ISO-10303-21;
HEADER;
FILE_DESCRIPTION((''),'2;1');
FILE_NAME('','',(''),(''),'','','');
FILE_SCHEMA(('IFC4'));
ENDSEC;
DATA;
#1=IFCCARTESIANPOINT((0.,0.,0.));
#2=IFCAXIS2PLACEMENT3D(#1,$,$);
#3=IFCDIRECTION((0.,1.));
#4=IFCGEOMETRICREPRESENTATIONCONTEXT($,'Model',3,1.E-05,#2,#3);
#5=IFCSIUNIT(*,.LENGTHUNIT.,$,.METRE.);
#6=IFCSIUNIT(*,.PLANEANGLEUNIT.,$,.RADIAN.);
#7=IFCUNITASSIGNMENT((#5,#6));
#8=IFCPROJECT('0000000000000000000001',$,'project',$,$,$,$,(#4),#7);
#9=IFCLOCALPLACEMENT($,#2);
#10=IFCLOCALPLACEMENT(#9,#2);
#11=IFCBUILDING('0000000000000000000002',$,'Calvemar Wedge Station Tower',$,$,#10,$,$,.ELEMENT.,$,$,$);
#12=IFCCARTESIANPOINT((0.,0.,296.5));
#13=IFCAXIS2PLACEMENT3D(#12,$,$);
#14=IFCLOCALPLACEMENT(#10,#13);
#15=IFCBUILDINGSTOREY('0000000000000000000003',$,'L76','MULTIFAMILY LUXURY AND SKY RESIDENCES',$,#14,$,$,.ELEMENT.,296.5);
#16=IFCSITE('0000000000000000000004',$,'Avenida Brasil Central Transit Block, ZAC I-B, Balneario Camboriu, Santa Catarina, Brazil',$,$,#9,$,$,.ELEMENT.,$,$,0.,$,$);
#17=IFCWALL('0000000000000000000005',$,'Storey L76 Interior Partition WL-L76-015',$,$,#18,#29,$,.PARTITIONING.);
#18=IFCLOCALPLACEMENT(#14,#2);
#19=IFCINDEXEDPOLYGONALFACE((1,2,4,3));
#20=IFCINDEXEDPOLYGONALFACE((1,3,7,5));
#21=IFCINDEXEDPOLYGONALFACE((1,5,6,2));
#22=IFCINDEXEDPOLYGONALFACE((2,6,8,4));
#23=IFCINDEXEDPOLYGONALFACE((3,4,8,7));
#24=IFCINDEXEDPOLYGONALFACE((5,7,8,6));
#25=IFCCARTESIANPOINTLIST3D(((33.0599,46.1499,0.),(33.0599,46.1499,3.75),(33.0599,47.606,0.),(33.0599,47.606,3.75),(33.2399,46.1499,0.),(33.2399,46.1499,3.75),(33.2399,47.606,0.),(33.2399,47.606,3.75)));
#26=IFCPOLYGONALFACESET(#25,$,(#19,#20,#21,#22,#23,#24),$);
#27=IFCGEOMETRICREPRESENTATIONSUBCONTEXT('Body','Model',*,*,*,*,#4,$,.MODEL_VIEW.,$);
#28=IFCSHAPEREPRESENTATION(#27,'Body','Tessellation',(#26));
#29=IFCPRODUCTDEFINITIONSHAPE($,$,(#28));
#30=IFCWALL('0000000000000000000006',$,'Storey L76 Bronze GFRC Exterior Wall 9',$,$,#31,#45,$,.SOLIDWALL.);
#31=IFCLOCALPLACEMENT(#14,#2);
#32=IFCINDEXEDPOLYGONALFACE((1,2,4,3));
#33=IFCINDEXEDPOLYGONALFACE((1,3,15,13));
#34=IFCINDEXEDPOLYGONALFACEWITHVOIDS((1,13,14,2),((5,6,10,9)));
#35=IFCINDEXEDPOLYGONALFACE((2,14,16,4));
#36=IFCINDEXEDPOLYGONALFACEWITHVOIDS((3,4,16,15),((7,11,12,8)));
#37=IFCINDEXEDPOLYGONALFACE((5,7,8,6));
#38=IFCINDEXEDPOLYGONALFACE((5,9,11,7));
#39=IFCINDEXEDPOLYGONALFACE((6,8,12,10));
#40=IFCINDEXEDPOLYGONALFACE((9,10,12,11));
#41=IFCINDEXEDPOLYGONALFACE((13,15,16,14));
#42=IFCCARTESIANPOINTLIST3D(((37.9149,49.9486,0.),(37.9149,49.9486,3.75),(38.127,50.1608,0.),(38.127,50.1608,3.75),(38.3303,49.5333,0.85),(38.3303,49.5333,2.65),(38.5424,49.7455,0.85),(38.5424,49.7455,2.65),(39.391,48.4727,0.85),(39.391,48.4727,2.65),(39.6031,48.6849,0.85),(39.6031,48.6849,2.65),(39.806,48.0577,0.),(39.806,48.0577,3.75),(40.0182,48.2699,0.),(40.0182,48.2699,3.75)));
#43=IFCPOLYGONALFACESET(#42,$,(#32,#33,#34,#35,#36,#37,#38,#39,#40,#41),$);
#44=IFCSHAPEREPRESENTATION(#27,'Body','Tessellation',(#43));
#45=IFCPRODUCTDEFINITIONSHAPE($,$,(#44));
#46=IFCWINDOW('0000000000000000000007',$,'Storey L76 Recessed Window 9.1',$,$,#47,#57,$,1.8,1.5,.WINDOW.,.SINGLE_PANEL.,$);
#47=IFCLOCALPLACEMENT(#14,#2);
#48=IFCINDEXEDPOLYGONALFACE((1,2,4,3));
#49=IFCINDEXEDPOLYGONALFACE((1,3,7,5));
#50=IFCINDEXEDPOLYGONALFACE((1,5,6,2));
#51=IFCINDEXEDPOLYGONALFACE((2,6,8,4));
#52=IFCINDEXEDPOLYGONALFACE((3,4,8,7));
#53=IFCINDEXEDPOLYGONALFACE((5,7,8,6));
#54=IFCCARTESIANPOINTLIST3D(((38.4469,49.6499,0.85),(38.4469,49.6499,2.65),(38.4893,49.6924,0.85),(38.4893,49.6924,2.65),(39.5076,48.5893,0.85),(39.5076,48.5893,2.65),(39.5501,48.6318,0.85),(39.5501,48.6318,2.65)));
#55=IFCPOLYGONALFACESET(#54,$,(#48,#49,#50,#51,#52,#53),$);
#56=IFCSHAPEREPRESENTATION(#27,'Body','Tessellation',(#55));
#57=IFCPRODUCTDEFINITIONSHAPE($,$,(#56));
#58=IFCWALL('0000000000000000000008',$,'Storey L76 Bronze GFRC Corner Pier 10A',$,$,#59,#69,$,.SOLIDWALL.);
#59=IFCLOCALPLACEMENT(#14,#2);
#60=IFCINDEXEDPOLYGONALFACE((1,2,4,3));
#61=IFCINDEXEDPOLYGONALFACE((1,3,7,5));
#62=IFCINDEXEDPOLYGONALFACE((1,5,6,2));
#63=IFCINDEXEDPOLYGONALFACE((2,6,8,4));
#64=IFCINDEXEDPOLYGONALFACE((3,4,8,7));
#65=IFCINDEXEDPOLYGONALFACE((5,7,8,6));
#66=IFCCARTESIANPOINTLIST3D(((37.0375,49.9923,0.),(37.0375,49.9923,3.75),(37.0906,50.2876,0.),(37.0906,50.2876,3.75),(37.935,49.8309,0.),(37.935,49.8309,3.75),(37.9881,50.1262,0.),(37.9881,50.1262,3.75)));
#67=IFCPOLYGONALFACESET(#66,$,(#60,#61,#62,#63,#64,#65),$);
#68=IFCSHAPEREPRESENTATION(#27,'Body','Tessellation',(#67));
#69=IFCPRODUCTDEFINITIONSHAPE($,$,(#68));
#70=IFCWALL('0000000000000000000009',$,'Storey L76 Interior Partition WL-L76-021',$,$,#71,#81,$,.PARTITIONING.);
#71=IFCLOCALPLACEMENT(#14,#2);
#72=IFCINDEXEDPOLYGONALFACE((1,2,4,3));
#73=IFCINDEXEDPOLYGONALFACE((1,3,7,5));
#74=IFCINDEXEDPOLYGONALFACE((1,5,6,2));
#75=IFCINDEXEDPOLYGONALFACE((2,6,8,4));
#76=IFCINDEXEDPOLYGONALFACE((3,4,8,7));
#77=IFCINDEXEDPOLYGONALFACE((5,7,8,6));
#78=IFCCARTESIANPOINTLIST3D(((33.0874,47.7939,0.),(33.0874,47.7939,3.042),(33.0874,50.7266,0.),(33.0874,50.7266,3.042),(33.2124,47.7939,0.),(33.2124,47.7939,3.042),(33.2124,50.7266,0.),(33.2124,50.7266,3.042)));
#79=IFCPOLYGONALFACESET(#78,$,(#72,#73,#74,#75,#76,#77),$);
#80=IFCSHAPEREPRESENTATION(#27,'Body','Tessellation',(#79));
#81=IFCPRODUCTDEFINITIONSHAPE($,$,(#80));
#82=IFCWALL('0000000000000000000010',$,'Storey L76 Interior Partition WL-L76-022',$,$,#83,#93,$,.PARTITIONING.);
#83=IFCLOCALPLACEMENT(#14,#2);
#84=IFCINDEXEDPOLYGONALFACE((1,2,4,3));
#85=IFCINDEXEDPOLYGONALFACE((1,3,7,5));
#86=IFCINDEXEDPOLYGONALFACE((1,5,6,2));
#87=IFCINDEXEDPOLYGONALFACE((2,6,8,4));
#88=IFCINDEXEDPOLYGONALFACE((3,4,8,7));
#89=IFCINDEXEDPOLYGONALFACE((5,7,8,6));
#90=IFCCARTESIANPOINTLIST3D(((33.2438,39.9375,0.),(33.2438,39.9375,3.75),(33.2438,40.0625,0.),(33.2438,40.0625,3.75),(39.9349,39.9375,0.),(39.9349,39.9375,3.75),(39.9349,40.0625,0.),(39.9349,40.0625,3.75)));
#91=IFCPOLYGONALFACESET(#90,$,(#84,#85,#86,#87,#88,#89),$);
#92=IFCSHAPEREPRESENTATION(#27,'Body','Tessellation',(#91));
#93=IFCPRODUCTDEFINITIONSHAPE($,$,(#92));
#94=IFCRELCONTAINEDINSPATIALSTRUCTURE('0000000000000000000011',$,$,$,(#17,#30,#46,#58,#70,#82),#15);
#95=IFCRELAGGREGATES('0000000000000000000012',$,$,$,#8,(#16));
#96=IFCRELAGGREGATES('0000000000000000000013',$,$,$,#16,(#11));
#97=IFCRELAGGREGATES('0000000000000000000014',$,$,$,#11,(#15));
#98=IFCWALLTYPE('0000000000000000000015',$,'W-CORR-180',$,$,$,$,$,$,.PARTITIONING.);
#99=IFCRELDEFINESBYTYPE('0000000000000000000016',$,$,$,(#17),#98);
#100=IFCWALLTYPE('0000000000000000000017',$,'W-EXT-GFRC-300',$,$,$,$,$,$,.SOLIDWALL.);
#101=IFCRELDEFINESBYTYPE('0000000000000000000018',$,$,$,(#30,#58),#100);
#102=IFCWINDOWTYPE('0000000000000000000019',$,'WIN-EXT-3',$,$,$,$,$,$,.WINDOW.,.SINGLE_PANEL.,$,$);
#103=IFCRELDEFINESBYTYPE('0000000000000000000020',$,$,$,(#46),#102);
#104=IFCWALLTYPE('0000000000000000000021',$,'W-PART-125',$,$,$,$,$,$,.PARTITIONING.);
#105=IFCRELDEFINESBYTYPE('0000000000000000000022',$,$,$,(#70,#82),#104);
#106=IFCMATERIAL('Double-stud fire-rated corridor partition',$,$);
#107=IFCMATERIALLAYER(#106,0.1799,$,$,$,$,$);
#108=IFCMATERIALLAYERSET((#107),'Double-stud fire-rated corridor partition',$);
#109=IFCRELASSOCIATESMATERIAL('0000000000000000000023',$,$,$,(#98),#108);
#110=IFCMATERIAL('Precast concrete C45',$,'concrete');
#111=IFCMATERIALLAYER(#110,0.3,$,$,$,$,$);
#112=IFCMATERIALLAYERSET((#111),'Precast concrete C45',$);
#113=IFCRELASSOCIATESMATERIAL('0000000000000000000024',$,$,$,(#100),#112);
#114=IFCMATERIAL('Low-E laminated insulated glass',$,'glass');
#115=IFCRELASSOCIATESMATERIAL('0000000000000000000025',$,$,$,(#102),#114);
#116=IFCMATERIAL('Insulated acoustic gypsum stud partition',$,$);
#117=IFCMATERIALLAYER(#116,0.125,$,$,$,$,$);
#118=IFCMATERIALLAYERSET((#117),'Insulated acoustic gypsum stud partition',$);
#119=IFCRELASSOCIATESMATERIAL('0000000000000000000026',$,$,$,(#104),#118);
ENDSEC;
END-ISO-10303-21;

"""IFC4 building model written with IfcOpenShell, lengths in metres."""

from ifc_helpers import new_model, si_unit, direction, frame, frame_2d, origin, place, context, subcontext, project, spatial, rectangle, extrude, source, transform, mapped, material, layer, layer_set, type_object, element, fill, save


model = new_model("IFC4")

# Units and contexts
model_context = context("Model", 3, precision=1e-05, world=origin(), true_north=direction((0.0, 1.0)))
body_context = subcontext(model_context, "Body", "Model", "MODEL_VIEW")
ifc_project = project(units=[si_unit("LENGTHUNIT", "METRE"), si_unit("PLANEANGLEUNIT", "RADIAN")], contexts=[model_context])

# Site, building, storey
site_placement = place(None, origin())
site = spatial("IfcSite", under=ifc_project, at=site_placement, Name="Avenida Brasil Central Transit Block, ZAC I-B, Balneario Camboriu, Santa Catarina, Brazil", CompositionType="ELEMENT", RefElevation=0.0)
building_placement = place(site_placement, origin())
building = spatial("IfcBuilding", under=site, at=building_placement, Name="Calvemar Wedge Station Tower", CompositionType="ELEMENT")
storey_placement = place(building_placement, frame((0.0, 0.0, 296.5)))
storey = spatial("IfcBuildingStorey", under=building, at=storey_placement, Name="L76", Description="MULTIFAMILY LUXURY AND SKY RESIDENCES", CompositionType="ELEMENT", Elevation=296.5)

# Shared definitions
ifc_material_1 = material(Name="Low-E laminated insulated glass", Category="glass")

# Wall
ifc_material_2 = material(Name="Double-stud fire-rated corridor partition")
ifc_layer_1 = layer(ifc_material_2, 0.1799)
ifc_layer_set_1 = layer_set([ifc_layer_1], Name="Double-stud fire-rated corridor partition")
wall_type_1 = type_object("IfcWallType", Name="W-CORR-180", PredefinedType="PARTITIONING", material=ifc_layer_set_1)
wall_1_placement = place(storey_placement, frame((33.1499, 47.606, 0.0), z_axis=(0.0, 0.0, 1.0), x_axis=(0.0, -1.0, 0.0)))
element("IfcWall", 1, at=wall_1_placement, inside=storey, type_object=wall_type_1, Name="Storey L76 Interior Partition WL-L76-015", PredefinedType="PARTITIONING", context=body_context, shape_type="SweptSolid", body=[
    extrude(rectangle(XDim=1.4561, YDim=0.1799, at=frame_2d((0.728, 0.0))), origin(), (0.0, 0.0, 1.0), 3.75),
])

# Wall, opening, window
ifc_material_3 = material(Name="Precast concrete C45", Category="concrete")
ifc_layer_2 = layer(ifc_material_3, 0.3)
ifc_layer_set_2 = layer_set([ifc_layer_2], Name="Precast concrete C45")
wall_type_2 = type_object("IfcWallType", Name="W-EXT-GFRC-300", PredefinedType="SOLIDWALL", material=ifc_layer_set_2)
wall_2_placement = place(storey_placement, frame((39.9121, 48.1638, 0.0), z_axis=(0.0, 0.0, 1.0), x_axis=(-0.707152, 0.707061, 0.0)))
wall_2 = element("IfcWall", 2, at=wall_2_placement, inside=storey, type_object=wall_type_2, Name="Storey L76 Bronze GFRC Exterior Wall 9", PredefinedType="SOLIDWALL", context=body_context, shape_type="SweptSolid", body=[
    extrude(rectangle(XDim=2.6743, YDim=0.3, at=frame_2d((1.3372, 0.0))), origin(), (0.0, 0.0, 1.0), 3.75),
])
shared_shape_1 = source(origin(), body_context, "Body", "SweptSolid", [
    extrude(rectangle(XDim=1.5, YDim=1.8, at=frame_2d((0.75, 0.8999))), frame((0.0, 0.1602, 0.0), z_axis=(0.0, -1.0, 0.0), x_axis=(1.0, 0.0, 0.0)), (0.0, 0.0, 1.0), 0.3201),
])
opening_1_placement = place(wall_2_placement, frame((0.5869, 0.0, 0.8501)))
opening_1 = element("IfcOpeningElement", 3, at=opening_1_placement, cuts=wall_2, PredefinedType="OPENING", context=body_context, shape_type="MappedRepresentation", body=[
    mapped(shared_shape_1, transform((0.0, 0.0, 0.0), scale=1.0)),
])
window_type = type_object("IfcWindowType", Name="WIN-EXT-3", PartitioningType="SINGLE_PANEL", PredefinedType="WINDOW", material=ifc_material_1)
shared_shape_2 = source(origin(), body_context, "Body", "SweptSolid", [
    extrude(rectangle(XDim=1.5, YDim=1.8, at=frame_2d((0.75, 0.8999))), frame((0.0, -0.0149, 0.0), z_axis=(0.0, -1.0, 0.0), x_axis=(1.0, 0.0, 0.0)), (0.0, 0.0, 1.0), 0.0601),
])
window_placement = place(opening_1_placement, origin())
window = element("IfcWindow", 4, at=window_placement, inside=storey, type_object=window_type, Name="Storey L76 Recessed Window 9.1", OverallHeight=1.8, OverallWidth=1.5, PartitioningType="SINGLE_PANEL", PredefinedType="WINDOW", context=body_context, shape_type="MappedRepresentation", body=[
    mapped(shared_shape_2, transform((0.0, 0.0, 0.0), scale=1.0)),
])
fill(opening_1, window)

# Walls
wall_3_placement = place(storey_placement, frame((37.9617, 49.9785, 0.0), z_axis=(0.0, 0.0, 1.0), x_axis=(-0.984215, 0.176977, 0.0)))
element("IfcWall", 5, at=wall_3_placement, inside=storey, type_object=wall_type_2, Name="Storey L76 Bronze GFRC Corner Pier 10A", PredefinedType="SOLIDWALL", context=body_context, shape_type="SweptSolid", body=[
    extrude(rectangle(XDim=0.9119, YDim=0.3, at=frame_2d((0.4561, 0.0))), origin(), (0.0, 0.0, 1.0), 3.75),
])
ifc_material_4 = material(Name="Insulated acoustic gypsum stud partition")
ifc_layer_3 = layer(ifc_material_4, 0.125)
ifc_layer_set_3 = layer_set([ifc_layer_3], Name="Insulated acoustic gypsum stud partition")
wall_type_3 = type_object("IfcWallType", Name="W-PART-125", PredefinedType="PARTITIONING", material=ifc_layer_set_3)
wall_4_placement = place(storey_placement, frame((33.1499, 50.7266, 0.0), z_axis=(0.0, 0.0, 1.0), x_axis=(0.0, -1.0, 0.0)))
element("IfcWall", 6, at=wall_4_placement, inside=storey, type_object=wall_type_3, Name="Storey L76 Interior Partition WL-L76-021", PredefinedType="PARTITIONING", context=body_context, shape_type="SweptSolid", body=[
    extrude(rectangle(XDim=2.9326, YDim=0.125, at=frame_2d((1.4663, 0.0))), origin(), (0.0, 0.0, 1.0), 3.042),
])
wall_5_placement = place(storey_placement, frame((39.9351, 40.0, 0.0), z_axis=(0.0, 0.0, 1.0), x_axis=(-1.0, 0.0, 0.0)))
element("IfcWall", 7, at=wall_5_placement, inside=storey, type_object=wall_type_3, Name="Storey L76 Interior Partition WL-L76-022", PredefinedType="PARTITIONING", context=body_context, shape_type="SweptSolid", body=[
    extrude(rectangle(XDim=6.6912, YDim=0.125, at=frame_2d((3.3457, 0.0))), origin(), (0.0, 0.0, 1.0), 3.75),
])

save(model, "model.ifc")
